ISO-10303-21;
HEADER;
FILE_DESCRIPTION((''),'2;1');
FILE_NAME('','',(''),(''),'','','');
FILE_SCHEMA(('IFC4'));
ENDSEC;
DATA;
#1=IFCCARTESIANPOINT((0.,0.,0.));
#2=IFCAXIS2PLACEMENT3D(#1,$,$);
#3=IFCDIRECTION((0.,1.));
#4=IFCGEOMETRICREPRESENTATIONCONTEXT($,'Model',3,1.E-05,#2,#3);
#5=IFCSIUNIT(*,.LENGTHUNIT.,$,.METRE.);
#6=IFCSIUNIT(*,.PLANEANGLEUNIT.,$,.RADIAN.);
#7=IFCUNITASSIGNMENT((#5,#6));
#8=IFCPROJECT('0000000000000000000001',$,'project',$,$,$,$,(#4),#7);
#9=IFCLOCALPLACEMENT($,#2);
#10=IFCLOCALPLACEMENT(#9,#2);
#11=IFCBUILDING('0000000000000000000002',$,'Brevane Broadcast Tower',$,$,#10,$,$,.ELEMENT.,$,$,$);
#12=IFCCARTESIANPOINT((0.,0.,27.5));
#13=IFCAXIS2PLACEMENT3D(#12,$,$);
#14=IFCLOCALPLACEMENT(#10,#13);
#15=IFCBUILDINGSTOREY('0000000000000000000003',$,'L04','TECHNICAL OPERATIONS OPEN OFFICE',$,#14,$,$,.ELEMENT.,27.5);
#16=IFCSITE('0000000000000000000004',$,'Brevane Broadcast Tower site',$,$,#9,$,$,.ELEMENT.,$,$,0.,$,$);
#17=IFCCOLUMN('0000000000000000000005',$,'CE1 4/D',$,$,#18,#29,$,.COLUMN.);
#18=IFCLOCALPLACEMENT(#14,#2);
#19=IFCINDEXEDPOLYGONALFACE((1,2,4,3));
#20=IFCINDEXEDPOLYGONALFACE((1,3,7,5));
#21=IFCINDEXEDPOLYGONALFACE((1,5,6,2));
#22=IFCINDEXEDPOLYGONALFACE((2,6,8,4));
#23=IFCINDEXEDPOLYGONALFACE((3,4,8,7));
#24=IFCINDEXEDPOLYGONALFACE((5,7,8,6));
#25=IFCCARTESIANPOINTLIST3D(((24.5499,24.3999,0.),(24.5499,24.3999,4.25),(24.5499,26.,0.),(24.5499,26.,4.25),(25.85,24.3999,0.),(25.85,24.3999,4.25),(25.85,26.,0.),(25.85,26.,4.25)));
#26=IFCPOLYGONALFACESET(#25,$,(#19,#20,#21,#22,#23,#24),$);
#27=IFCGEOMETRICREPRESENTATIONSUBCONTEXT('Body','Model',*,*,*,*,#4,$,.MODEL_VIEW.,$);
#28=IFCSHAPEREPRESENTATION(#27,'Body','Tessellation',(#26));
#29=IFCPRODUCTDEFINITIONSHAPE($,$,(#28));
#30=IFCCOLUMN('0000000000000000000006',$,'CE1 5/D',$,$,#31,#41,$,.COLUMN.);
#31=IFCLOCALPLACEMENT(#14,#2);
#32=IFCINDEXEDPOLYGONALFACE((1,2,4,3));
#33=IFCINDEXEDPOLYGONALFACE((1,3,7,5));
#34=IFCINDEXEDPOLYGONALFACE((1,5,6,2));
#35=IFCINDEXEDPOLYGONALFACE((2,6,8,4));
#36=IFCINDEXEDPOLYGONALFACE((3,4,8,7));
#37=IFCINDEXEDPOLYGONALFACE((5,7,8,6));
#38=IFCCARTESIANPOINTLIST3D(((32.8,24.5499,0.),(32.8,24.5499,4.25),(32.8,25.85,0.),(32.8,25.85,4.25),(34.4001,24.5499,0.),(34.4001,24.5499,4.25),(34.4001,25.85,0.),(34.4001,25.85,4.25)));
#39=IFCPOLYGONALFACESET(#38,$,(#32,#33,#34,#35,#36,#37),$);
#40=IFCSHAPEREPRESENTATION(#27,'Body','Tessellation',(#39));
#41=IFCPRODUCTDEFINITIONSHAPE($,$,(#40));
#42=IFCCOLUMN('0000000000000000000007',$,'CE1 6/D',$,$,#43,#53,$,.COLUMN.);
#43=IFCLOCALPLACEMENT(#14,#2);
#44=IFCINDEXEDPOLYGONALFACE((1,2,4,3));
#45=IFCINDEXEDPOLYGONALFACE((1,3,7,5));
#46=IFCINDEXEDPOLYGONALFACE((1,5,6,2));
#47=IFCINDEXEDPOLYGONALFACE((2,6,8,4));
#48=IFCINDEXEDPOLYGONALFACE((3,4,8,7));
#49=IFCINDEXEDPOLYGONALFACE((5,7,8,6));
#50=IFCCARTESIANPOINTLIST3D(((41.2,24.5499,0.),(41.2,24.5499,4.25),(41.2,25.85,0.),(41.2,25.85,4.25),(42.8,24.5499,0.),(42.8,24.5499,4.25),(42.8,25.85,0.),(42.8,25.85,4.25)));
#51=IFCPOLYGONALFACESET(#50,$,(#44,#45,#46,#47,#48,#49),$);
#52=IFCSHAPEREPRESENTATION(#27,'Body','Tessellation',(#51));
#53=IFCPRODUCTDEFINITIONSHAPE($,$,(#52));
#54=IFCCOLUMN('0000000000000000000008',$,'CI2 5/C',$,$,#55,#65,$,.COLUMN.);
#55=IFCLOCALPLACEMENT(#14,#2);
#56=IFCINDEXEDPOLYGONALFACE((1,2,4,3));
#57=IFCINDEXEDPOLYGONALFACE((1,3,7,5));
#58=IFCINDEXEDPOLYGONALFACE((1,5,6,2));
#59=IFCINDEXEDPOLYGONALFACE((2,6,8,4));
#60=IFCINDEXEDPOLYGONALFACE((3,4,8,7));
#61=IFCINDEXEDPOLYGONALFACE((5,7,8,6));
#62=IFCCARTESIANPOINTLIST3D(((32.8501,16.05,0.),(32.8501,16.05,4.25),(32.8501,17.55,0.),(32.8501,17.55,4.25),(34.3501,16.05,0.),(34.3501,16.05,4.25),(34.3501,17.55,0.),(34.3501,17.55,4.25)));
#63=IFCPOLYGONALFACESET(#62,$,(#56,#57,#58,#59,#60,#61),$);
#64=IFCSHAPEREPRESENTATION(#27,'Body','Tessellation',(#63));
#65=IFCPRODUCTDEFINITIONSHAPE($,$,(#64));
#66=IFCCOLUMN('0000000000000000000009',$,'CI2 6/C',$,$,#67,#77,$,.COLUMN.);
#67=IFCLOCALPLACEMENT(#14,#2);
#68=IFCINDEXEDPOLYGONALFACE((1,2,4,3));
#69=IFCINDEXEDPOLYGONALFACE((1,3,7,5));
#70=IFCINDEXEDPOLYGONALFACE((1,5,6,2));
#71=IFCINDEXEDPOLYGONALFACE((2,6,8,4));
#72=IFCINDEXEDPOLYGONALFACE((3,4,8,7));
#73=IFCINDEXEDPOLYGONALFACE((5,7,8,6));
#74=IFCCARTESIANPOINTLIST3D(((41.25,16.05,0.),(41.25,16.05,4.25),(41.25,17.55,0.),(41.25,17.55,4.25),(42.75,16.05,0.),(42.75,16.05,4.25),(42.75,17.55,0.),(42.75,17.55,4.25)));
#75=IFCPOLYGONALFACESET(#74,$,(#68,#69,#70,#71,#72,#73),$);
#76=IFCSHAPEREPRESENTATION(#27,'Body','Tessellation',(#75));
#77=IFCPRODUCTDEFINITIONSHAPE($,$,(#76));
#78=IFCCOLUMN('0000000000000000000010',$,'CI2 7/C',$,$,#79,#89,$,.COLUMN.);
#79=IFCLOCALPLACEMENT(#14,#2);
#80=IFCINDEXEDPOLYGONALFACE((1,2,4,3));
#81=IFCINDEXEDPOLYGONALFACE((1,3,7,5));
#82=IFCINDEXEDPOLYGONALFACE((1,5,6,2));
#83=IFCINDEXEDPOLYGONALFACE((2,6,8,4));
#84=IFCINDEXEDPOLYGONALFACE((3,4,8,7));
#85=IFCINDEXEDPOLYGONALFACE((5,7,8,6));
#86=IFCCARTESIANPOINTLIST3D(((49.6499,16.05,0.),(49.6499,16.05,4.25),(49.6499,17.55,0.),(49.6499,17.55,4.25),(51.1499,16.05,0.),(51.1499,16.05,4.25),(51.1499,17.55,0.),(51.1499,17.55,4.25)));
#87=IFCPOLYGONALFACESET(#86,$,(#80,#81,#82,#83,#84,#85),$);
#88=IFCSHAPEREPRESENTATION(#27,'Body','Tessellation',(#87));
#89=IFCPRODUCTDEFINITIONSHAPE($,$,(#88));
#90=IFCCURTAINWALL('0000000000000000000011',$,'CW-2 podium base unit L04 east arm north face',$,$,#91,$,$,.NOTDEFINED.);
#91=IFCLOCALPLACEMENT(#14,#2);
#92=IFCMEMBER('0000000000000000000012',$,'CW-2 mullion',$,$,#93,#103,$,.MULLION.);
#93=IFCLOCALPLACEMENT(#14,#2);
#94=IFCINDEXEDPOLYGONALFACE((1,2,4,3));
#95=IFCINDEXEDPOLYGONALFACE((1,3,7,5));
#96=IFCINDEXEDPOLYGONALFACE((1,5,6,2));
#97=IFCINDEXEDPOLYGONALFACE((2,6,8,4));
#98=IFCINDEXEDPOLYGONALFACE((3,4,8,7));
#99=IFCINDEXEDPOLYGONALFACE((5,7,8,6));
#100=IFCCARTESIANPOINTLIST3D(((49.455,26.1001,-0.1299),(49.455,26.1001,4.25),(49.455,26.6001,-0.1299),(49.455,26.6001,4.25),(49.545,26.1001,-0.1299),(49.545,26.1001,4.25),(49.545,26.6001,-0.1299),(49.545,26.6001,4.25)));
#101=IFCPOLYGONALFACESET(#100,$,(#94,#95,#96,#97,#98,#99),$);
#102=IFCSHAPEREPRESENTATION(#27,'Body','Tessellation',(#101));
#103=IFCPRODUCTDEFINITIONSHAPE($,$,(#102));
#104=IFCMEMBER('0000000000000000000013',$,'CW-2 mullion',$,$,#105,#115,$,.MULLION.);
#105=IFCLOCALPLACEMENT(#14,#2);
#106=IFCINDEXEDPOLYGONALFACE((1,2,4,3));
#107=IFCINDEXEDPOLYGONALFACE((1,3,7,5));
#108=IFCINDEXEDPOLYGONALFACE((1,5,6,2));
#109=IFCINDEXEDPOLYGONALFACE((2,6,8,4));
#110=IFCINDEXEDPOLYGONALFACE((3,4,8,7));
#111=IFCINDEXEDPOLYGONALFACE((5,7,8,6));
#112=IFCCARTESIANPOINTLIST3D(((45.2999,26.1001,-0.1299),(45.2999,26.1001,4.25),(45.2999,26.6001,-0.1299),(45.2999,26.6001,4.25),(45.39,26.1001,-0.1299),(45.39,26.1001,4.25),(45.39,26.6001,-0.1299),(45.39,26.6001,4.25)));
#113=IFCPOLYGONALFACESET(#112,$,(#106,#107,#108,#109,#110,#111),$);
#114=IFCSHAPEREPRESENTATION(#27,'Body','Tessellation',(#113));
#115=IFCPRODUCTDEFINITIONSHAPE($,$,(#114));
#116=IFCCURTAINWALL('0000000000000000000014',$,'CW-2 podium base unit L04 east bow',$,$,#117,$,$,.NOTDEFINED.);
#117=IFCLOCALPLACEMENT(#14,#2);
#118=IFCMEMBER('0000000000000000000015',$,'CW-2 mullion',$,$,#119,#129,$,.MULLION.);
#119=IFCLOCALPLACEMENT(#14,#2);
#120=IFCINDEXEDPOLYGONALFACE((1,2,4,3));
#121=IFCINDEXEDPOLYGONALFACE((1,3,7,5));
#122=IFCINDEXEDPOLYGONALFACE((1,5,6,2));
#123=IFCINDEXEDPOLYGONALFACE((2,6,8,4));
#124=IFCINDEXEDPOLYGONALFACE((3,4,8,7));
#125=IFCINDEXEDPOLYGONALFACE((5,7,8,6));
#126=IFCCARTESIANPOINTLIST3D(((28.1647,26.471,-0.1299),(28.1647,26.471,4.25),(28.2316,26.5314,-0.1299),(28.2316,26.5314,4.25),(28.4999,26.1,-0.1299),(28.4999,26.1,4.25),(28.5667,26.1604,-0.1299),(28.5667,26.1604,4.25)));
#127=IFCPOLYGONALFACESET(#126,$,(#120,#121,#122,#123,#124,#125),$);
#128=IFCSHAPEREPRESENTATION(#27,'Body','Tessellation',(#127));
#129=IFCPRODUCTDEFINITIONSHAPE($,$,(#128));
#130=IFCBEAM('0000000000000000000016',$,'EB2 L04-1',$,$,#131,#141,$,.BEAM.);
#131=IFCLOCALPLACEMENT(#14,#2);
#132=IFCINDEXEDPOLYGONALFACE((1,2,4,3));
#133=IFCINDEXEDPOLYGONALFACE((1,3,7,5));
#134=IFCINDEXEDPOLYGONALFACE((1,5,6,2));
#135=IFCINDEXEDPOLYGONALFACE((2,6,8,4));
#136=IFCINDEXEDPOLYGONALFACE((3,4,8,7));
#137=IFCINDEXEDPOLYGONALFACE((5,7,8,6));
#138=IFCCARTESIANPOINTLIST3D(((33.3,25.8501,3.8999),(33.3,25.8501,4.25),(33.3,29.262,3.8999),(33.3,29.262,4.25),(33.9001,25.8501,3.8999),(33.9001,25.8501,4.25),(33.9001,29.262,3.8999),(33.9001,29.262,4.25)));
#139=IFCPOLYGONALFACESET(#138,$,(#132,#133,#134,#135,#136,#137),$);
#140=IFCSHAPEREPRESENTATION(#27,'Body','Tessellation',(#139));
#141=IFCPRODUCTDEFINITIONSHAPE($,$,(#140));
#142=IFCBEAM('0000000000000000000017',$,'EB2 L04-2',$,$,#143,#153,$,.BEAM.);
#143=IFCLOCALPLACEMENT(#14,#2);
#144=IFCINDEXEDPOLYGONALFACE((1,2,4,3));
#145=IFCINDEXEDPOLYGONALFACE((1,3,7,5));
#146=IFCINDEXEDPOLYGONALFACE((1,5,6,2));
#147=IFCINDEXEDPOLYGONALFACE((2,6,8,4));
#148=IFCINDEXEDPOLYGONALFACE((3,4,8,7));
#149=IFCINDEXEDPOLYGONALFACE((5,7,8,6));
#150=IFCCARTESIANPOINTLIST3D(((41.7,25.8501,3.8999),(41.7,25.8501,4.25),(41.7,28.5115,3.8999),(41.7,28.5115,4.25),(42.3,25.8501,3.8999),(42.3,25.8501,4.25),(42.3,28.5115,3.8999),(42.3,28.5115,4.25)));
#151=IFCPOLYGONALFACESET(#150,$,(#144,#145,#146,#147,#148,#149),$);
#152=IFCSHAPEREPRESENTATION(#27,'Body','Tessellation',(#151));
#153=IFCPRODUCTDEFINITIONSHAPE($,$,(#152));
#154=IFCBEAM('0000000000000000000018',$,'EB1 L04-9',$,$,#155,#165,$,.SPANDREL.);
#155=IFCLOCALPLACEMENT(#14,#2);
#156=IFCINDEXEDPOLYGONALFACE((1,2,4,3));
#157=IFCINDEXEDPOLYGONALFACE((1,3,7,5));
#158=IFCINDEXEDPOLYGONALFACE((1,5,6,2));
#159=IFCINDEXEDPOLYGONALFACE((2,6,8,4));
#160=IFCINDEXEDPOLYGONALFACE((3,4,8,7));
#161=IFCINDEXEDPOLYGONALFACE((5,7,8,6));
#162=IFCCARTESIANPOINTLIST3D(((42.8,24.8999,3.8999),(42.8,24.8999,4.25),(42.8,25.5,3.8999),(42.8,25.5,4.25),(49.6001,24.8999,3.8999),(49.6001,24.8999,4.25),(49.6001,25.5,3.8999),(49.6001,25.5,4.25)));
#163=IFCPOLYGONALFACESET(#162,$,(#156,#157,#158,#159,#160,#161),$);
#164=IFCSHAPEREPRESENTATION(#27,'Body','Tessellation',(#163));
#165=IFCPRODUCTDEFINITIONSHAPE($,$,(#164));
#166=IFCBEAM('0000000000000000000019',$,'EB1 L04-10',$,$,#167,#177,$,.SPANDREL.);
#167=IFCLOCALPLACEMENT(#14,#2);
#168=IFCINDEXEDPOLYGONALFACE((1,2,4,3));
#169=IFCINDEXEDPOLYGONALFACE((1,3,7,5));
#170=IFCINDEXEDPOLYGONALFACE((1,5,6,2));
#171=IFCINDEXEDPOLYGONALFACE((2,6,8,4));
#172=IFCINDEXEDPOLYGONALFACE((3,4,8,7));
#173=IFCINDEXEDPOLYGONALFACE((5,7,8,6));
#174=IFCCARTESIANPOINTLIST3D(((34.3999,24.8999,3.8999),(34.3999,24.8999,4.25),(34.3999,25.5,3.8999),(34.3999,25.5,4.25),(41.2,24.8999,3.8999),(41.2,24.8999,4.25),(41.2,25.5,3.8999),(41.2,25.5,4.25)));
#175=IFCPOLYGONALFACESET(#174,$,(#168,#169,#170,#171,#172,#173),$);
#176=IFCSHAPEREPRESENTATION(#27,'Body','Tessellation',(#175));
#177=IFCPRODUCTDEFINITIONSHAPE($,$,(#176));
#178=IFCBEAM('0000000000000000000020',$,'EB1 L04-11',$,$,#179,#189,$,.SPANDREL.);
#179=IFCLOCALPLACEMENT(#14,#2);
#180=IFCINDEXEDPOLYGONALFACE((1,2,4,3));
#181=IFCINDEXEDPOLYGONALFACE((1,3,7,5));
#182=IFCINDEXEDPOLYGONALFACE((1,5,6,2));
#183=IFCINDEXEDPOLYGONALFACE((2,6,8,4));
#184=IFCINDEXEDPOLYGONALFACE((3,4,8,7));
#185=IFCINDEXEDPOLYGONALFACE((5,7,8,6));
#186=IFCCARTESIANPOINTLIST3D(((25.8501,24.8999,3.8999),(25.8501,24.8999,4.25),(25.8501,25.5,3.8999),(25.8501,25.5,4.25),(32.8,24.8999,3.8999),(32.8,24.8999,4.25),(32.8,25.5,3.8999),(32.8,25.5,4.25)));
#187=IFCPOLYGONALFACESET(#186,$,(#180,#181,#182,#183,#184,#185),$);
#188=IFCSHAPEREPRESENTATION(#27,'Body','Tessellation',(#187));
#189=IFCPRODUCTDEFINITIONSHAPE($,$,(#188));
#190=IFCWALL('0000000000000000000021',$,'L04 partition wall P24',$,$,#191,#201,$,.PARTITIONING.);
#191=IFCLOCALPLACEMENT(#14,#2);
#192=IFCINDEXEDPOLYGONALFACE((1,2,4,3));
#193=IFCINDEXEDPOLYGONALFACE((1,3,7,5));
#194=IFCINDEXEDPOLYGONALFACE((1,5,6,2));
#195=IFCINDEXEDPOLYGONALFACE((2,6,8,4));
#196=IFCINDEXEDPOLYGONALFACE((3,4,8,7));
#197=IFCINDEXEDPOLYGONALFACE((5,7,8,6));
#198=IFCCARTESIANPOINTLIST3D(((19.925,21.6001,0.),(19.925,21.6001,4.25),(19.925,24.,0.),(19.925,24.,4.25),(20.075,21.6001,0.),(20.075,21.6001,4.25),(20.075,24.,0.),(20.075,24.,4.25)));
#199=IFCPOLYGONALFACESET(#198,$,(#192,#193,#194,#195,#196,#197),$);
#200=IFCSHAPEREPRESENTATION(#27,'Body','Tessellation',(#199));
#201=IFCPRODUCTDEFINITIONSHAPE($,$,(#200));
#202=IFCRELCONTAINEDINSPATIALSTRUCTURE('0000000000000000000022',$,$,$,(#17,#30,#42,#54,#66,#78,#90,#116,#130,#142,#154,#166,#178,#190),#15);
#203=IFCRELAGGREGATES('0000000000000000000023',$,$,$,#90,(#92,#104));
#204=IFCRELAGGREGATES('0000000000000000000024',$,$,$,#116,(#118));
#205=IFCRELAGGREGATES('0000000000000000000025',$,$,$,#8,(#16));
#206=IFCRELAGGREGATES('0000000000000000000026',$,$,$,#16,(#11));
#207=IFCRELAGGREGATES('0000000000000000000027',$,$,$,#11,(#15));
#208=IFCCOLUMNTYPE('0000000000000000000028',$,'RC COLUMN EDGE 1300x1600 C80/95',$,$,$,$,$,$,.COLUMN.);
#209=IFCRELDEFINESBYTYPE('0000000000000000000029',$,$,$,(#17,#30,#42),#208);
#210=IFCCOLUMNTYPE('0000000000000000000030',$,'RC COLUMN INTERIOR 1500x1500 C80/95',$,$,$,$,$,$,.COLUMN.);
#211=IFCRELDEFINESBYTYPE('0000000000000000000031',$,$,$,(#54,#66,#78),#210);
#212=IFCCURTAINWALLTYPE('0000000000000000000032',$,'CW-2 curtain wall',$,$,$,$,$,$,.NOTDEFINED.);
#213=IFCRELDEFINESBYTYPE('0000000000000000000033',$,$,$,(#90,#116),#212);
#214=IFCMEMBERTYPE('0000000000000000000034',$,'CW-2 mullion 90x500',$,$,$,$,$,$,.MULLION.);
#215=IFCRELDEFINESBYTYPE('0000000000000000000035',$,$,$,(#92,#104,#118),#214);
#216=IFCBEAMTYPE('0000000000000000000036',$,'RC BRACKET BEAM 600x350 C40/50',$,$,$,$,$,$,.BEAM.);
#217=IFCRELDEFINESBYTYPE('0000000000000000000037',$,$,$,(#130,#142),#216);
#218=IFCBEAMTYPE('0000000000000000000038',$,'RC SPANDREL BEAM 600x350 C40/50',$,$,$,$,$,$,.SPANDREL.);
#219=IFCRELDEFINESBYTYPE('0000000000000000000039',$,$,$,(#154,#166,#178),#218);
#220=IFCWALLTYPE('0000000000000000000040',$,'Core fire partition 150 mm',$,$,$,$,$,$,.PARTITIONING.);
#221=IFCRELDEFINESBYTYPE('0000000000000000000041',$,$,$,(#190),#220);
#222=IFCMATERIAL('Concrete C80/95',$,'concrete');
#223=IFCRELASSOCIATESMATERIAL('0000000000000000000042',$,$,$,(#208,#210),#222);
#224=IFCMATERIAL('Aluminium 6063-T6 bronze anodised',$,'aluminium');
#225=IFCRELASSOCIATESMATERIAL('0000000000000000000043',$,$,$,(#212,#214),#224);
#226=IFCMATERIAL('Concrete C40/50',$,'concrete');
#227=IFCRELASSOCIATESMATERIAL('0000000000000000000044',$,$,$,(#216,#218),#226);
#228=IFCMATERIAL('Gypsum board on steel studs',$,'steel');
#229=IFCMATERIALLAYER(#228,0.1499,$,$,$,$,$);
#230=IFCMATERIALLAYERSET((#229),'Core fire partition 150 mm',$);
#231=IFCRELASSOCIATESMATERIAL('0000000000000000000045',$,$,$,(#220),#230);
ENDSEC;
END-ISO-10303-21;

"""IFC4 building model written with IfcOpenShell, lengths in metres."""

from ifc_helpers import new_model, si_unit, direction, frame, frame_2d, origin, origin_2d, place, context, subcontext, project, spatial, rectangle, extrude, material, layer, layer_set, material_profile, profile_set, type_object, element, aggregate, save


model = new_model("IFC4")

# Units and contexts
model_context = context("Model", 3, precision=1e-05, world=origin(), true_north=direction((0.0, 1.0)))
body_context = subcontext(model_context, "Body", "Model", "MODEL_VIEW")
ifc_project = project(units=[si_unit("LENGTHUNIT", "METRE"), si_unit("PLANEANGLEUNIT", "RADIAN")], contexts=[model_context])

# Site, building, storey
site_placement = place(None, origin())
site = spatial("IfcSite", under=ifc_project, at=site_placement, Name="Brevane Broadcast Tower site", CompositionType="ELEMENT", RefElevation=0.0)
building_placement = place(site_placement, origin())
building = spatial("IfcBuilding", under=site, at=building_placement, Name="Brevane Broadcast Tower", CompositionType="ELEMENT")
storey_placement = place(building_placement, frame((0.0, 0.0, 27.5)))
storey = spatial("IfcBuildingStorey", under=building, at=storey_placement, Name="L04", Description="TECHNICAL OPERATIONS OPEN OFFICE", CompositionType="ELEMENT", Elevation=27.5)

# Columns
ifc_material_1 = material(Name="Concrete C80/95", Category="concrete")
ifc_material_profile_1 = material_profile(ifc_material_1, rectangle(XDim=1.3, YDim=1.6001, at=origin_2d()), Name="RC 1300x1600")
ifc_profile_set_1 = profile_set([ifc_material_profile_1], Name="Concrete C80/95")
column_type_1 = type_object("IfcColumnType", Name="RC COLUMN EDGE 1300x1600 C80/95", PredefinedType="COLUMN", material=ifc_profile_set_1)
for number, where, z_axis, x_axis, name in (
    (1, (25.2, 25.2, 0.0), (0.0, 0.0, 1.0), (1.0, 0.0, 0.0), "CE1 4/D"),
    (2, (33.6001, 25.2, 0.0), (0.0, 0.0, 1.0), (0.0, 1.0, 0.0), "CE1 5/D"),
    (3, (42.0, 25.2, 0.0), (0.0, 0.0, 1.0), (0.0, 1.0, 0.0), "CE1 6/D"),
):
    element("IfcColumn", number, at=place(storey_placement, frame(where, z_axis=z_axis, x_axis=x_axis)), inside=storey, type_object=column_type_1, Name=name, PredefinedType="COLUMN", context=body_context, shape_type="SweptSolid", body=[
        extrude(rectangle(XDim=1.3, YDim=1.6001, at=origin_2d()), origin(), (0.0, 0.0, 1.0), 4.25),
    ])
ifc_material_profile_2 = material_profile(ifc_material_1, rectangle(XDim=1.5, YDim=1.5, at=origin_2d()), Name="RC 1500x1500")
ifc_profile_set_2 = profile_set([ifc_material_profile_2], Name="Concrete C80/95")
column_type_2 = type_object("IfcColumnType", Name="RC COLUMN INTERIOR 1500x1500 C80/95", PredefinedType="COLUMN", material=ifc_profile_set_2)
for number, where, z_axis, x_axis, name in (
    (4, (33.6001, 16.8, 0.0), (0.0, 0.0, 1.0), (1.0, 0.0, 0.0), "CI2 5/C"),
    (5, (42.0, 16.8, 0.0), (0.0, 0.0, 1.0), (1.0, 0.0, 0.0), "CI2 6/C"),
    (6, (50.3999, 16.8, 0.0), (0.0, 0.0, 1.0), (1.0, 0.0, 0.0), "CI2 7/C"),
):
    element("IfcColumn", number, at=place(storey_placement, frame(where, z_axis=z_axis, x_axis=x_axis)), inside=storey, type_object=column_type_2, Name=name, PredefinedType="COLUMN", context=body_context, shape_type="SweptSolid", body=[
        extrude(rectangle(XDim=1.5, YDim=1.5, at=origin_2d()), origin(), (0.0, 0.0, 1.0), 4.25),
    ])

# Curtain wall, members
ifc_material_2 = material(Name="Aluminium 6063-T6 bronze anodised", Category="aluminium")
curtain_wall_type = type_object("IfcCurtainWallType", Name="CW-2 curtain wall", PredefinedType="NOTDEFINED", material=ifc_material_2)
curtain_wall_1_placement = place(storey_placement, origin())
curtain_wall_1 = element("IfcCurtainWall", 7, at=curtain_wall_1_placement, inside=storey, type_object=curtain_wall_type, Name="CW-2 podium base unit L04 east arm north face", PredefinedType="NOTDEFINED")
ifc_material_profile_3 = material_profile(ifc_material_2, rectangle(XDim=0.5, YDim=0.0901, at=origin_2d()), Name="RECT 90x500")
ifc_profile_set_3 = profile_set([ifc_material_profile_3], Name="Aluminium 6063-T6 bronze anodised")
member_type = type_object("IfcMemberType", Name="CW-2 mullion 90x500", PredefinedType="MULLION", material=ifc_profile_set_3)
member_1_placement = place(storey_placement, frame((49.5, 26.3501, -0.1299), z_axis=(0.0, 0.0, 1.0), x_axis=(0.0, -1.0, 0.0)))
member_1 = element("IfcMember", 8, at=member_1_placement, type_object=member_type, Name="CW-2 mullion", PredefinedType="MULLION", context=body_context, shape_type="SweptSolid", body=[
    extrude(rectangle(XDim=0.5, YDim=0.0901, at=origin_2d()), origin(), (0.0, 0.0, 1.0), 4.3799),
])
member_2_placement = place(storey_placement, frame((45.345, 26.3501, -0.1299), z_axis=(0.0, 0.0, 1.0), x_axis=(0.0, -1.0, 0.0)))
member_2 = element("IfcMember", 9, at=member_2_placement, type_object=member_type, Name="CW-2 mullion", PredefinedType="MULLION", context=body_context, shape_type="SweptSolid", body=[
    extrude(rectangle(XDim=0.5, YDim=0.0901, at=origin_2d()), origin(), (0.0, 0.0, 1.0), 4.3799),
])
aggregate(curtain_wall_1, [member_1, member_2])

# Curtain wall, member
curtain_wall_2_placement = place(storey_placement, origin())
curtain_wall_2 = element("IfcCurtainWall", 10, at=curtain_wall_2_placement, inside=storey, type_object=curtain_wall_type, Name="CW-2 podium base unit L04 east bow", PredefinedType="NOTDEFINED")
member_3_placement = place(storey_placement, frame((28.3657, 26.3157, -0.1299), z_axis=(0.0, 0.0, 1.0), x_axis=(0.670369, -0.742028, 0.0)))
member_3 = element("IfcMember", 11, at=member_3_placement, type_object=member_type, Name="CW-2 mullion", PredefinedType="MULLION", context=body_context, shape_type="SweptSolid", body=[
    extrude(rectangle(XDim=0.5, YDim=0.0901, at=origin_2d()), origin(), (0.0, 0.0, 1.0), 4.3799),
])
aggregate(curtain_wall_2, [member_3])

# Beams
ifc_material_3 = material(Name="Concrete C40/50", Category="concrete")
ifc_material_profile_4 = material_profile(ifc_material_3, rectangle(XDim=0.6001, YDim=0.3501, at=origin_2d()), Name="RC 600x350")
ifc_profile_set_4 = profile_set([ifc_material_profile_4], Name="Concrete C40/50")
beam_type_1 = type_object("IfcBeamType", Name="RC BRACKET BEAM 600x350 C40/50", PredefinedType="BEAM", material=ifc_profile_set_4)
beam_1_placement = place(storey_placement, frame((33.6001, 25.8501, 4.075), z_axis=(0.0, 1.0, 0.0), x_axis=(-1.0, 0.0, 0.0)))
element("IfcBeam", 12, at=beam_1_placement, inside=storey, type_object=beam_type_1, Name="EB2 L04-1", PredefinedType="BEAM", context=body_context, shape_type="SweptSolid", body=[
    extrude(rectangle(XDim=0.6001, YDim=0.3501, at=origin_2d()), origin(), (0.0, 0.0, 1.0), 3.4119),
])
beam_2_placement = place(storey_placement, frame((42.0, 25.8501, 4.075), z_axis=(0.0, 1.0, 0.0), x_axis=(-1.0, 0.0, 0.0)))
element("IfcBeam", 13, at=beam_2_placement, inside=storey, type_object=beam_type_1, Name="EB2 L04-2", PredefinedType="BEAM", context=body_context, shape_type="SweptSolid", body=[
    extrude(rectangle(XDim=0.6001, YDim=0.3501, at=origin_2d()), origin(), (0.0, 0.0, 1.0), 2.6614),
])
ifc_material_profile_5 = material_profile(ifc_material_3, rectangle(XDim=0.6001, YDim=0.3501, at=origin_2d()), Name="RC 600x350")
ifc_profile_set_5 = profile_set([ifc_material_profile_5], Name="Concrete C40/50")
beam_type_2 = type_object("IfcBeamType", Name="RC SPANDREL BEAM 600x350 C40/50", PredefinedType="SPANDREL", material=ifc_profile_set_5)
for number, where, z_axis, x_axis, name in (
    (14, (49.6001, 25.2, 4.075), (-1.0, 0.0, 0.0), (0.0, -1.0, 0.0), "EB1 L04-9"),
    (15, (41.2, 25.2, 4.075), (-1.0, 0.0, 0.0), (0.0, -1.0, 0.0), "EB1 L04-10"),
):
    element("IfcBeam", number, at=place(storey_placement, frame(where, z_axis=z_axis, x_axis=x_axis)), inside=storey, type_object=beam_type_2, Name=name, PredefinedType="SPANDREL", context=body_context, shape_type="SweptSolid", body=[
        extrude(rectangle(XDim=0.6001, YDim=0.3501, at=origin_2d()), origin(), (0.0, 0.0, 1.0), 6.8),
    ])
beam_3_placement = place(storey_placement, frame((32.8, 25.2, 4.075), z_axis=(-1.0, 0.0, 0.0), x_axis=(0.0, -1.0, 0.0)))
element("IfcBeam", 16, at=beam_3_placement, inside=storey, type_object=beam_type_2, Name="EB1 L04-11", PredefinedType="SPANDREL", context=body_context, shape_type="SweptSolid", body=[
    extrude(rectangle(XDim=0.6001, YDim=0.3501, at=origin_2d()), origin(), (0.0, 0.0, 1.0), 6.95),
])

# Wall
ifc_material_4 = material(Name="Gypsum board on steel studs", Category="steel")
ifc_layer_1 = layer(ifc_material_4, 0.1499)
ifc_layer_set_1 = layer_set([ifc_layer_1], Name="Core fire partition 150 mm")
wall_type_1 = type_object("IfcWallType", Name="Core fire partition 150 mm", PredefinedType="PARTITIONING", material=ifc_layer_set_1)
wall_1_placement = place(storey_placement, frame((20.0, 21.6001, 0.0), z_axis=(0.0, 0.0, 1.0), x_axis=(0.0, 1.0, 0.0)))
element("IfcWall", 17, at=wall_1_placement, inside=storey, type_object=wall_type_1, Name="L04 partition wall P24", PredefinedType="PARTITIONING", context=body_context, shape_type="SweptSolid", body=[
    extrude(rectangle(XDim=2.3999, YDim=0.1499, at=frame_2d((1.2, 0.0))), origin(), (0.0, 0.0, 1.0), 4.25),
])

save(model, "model.ifc")
